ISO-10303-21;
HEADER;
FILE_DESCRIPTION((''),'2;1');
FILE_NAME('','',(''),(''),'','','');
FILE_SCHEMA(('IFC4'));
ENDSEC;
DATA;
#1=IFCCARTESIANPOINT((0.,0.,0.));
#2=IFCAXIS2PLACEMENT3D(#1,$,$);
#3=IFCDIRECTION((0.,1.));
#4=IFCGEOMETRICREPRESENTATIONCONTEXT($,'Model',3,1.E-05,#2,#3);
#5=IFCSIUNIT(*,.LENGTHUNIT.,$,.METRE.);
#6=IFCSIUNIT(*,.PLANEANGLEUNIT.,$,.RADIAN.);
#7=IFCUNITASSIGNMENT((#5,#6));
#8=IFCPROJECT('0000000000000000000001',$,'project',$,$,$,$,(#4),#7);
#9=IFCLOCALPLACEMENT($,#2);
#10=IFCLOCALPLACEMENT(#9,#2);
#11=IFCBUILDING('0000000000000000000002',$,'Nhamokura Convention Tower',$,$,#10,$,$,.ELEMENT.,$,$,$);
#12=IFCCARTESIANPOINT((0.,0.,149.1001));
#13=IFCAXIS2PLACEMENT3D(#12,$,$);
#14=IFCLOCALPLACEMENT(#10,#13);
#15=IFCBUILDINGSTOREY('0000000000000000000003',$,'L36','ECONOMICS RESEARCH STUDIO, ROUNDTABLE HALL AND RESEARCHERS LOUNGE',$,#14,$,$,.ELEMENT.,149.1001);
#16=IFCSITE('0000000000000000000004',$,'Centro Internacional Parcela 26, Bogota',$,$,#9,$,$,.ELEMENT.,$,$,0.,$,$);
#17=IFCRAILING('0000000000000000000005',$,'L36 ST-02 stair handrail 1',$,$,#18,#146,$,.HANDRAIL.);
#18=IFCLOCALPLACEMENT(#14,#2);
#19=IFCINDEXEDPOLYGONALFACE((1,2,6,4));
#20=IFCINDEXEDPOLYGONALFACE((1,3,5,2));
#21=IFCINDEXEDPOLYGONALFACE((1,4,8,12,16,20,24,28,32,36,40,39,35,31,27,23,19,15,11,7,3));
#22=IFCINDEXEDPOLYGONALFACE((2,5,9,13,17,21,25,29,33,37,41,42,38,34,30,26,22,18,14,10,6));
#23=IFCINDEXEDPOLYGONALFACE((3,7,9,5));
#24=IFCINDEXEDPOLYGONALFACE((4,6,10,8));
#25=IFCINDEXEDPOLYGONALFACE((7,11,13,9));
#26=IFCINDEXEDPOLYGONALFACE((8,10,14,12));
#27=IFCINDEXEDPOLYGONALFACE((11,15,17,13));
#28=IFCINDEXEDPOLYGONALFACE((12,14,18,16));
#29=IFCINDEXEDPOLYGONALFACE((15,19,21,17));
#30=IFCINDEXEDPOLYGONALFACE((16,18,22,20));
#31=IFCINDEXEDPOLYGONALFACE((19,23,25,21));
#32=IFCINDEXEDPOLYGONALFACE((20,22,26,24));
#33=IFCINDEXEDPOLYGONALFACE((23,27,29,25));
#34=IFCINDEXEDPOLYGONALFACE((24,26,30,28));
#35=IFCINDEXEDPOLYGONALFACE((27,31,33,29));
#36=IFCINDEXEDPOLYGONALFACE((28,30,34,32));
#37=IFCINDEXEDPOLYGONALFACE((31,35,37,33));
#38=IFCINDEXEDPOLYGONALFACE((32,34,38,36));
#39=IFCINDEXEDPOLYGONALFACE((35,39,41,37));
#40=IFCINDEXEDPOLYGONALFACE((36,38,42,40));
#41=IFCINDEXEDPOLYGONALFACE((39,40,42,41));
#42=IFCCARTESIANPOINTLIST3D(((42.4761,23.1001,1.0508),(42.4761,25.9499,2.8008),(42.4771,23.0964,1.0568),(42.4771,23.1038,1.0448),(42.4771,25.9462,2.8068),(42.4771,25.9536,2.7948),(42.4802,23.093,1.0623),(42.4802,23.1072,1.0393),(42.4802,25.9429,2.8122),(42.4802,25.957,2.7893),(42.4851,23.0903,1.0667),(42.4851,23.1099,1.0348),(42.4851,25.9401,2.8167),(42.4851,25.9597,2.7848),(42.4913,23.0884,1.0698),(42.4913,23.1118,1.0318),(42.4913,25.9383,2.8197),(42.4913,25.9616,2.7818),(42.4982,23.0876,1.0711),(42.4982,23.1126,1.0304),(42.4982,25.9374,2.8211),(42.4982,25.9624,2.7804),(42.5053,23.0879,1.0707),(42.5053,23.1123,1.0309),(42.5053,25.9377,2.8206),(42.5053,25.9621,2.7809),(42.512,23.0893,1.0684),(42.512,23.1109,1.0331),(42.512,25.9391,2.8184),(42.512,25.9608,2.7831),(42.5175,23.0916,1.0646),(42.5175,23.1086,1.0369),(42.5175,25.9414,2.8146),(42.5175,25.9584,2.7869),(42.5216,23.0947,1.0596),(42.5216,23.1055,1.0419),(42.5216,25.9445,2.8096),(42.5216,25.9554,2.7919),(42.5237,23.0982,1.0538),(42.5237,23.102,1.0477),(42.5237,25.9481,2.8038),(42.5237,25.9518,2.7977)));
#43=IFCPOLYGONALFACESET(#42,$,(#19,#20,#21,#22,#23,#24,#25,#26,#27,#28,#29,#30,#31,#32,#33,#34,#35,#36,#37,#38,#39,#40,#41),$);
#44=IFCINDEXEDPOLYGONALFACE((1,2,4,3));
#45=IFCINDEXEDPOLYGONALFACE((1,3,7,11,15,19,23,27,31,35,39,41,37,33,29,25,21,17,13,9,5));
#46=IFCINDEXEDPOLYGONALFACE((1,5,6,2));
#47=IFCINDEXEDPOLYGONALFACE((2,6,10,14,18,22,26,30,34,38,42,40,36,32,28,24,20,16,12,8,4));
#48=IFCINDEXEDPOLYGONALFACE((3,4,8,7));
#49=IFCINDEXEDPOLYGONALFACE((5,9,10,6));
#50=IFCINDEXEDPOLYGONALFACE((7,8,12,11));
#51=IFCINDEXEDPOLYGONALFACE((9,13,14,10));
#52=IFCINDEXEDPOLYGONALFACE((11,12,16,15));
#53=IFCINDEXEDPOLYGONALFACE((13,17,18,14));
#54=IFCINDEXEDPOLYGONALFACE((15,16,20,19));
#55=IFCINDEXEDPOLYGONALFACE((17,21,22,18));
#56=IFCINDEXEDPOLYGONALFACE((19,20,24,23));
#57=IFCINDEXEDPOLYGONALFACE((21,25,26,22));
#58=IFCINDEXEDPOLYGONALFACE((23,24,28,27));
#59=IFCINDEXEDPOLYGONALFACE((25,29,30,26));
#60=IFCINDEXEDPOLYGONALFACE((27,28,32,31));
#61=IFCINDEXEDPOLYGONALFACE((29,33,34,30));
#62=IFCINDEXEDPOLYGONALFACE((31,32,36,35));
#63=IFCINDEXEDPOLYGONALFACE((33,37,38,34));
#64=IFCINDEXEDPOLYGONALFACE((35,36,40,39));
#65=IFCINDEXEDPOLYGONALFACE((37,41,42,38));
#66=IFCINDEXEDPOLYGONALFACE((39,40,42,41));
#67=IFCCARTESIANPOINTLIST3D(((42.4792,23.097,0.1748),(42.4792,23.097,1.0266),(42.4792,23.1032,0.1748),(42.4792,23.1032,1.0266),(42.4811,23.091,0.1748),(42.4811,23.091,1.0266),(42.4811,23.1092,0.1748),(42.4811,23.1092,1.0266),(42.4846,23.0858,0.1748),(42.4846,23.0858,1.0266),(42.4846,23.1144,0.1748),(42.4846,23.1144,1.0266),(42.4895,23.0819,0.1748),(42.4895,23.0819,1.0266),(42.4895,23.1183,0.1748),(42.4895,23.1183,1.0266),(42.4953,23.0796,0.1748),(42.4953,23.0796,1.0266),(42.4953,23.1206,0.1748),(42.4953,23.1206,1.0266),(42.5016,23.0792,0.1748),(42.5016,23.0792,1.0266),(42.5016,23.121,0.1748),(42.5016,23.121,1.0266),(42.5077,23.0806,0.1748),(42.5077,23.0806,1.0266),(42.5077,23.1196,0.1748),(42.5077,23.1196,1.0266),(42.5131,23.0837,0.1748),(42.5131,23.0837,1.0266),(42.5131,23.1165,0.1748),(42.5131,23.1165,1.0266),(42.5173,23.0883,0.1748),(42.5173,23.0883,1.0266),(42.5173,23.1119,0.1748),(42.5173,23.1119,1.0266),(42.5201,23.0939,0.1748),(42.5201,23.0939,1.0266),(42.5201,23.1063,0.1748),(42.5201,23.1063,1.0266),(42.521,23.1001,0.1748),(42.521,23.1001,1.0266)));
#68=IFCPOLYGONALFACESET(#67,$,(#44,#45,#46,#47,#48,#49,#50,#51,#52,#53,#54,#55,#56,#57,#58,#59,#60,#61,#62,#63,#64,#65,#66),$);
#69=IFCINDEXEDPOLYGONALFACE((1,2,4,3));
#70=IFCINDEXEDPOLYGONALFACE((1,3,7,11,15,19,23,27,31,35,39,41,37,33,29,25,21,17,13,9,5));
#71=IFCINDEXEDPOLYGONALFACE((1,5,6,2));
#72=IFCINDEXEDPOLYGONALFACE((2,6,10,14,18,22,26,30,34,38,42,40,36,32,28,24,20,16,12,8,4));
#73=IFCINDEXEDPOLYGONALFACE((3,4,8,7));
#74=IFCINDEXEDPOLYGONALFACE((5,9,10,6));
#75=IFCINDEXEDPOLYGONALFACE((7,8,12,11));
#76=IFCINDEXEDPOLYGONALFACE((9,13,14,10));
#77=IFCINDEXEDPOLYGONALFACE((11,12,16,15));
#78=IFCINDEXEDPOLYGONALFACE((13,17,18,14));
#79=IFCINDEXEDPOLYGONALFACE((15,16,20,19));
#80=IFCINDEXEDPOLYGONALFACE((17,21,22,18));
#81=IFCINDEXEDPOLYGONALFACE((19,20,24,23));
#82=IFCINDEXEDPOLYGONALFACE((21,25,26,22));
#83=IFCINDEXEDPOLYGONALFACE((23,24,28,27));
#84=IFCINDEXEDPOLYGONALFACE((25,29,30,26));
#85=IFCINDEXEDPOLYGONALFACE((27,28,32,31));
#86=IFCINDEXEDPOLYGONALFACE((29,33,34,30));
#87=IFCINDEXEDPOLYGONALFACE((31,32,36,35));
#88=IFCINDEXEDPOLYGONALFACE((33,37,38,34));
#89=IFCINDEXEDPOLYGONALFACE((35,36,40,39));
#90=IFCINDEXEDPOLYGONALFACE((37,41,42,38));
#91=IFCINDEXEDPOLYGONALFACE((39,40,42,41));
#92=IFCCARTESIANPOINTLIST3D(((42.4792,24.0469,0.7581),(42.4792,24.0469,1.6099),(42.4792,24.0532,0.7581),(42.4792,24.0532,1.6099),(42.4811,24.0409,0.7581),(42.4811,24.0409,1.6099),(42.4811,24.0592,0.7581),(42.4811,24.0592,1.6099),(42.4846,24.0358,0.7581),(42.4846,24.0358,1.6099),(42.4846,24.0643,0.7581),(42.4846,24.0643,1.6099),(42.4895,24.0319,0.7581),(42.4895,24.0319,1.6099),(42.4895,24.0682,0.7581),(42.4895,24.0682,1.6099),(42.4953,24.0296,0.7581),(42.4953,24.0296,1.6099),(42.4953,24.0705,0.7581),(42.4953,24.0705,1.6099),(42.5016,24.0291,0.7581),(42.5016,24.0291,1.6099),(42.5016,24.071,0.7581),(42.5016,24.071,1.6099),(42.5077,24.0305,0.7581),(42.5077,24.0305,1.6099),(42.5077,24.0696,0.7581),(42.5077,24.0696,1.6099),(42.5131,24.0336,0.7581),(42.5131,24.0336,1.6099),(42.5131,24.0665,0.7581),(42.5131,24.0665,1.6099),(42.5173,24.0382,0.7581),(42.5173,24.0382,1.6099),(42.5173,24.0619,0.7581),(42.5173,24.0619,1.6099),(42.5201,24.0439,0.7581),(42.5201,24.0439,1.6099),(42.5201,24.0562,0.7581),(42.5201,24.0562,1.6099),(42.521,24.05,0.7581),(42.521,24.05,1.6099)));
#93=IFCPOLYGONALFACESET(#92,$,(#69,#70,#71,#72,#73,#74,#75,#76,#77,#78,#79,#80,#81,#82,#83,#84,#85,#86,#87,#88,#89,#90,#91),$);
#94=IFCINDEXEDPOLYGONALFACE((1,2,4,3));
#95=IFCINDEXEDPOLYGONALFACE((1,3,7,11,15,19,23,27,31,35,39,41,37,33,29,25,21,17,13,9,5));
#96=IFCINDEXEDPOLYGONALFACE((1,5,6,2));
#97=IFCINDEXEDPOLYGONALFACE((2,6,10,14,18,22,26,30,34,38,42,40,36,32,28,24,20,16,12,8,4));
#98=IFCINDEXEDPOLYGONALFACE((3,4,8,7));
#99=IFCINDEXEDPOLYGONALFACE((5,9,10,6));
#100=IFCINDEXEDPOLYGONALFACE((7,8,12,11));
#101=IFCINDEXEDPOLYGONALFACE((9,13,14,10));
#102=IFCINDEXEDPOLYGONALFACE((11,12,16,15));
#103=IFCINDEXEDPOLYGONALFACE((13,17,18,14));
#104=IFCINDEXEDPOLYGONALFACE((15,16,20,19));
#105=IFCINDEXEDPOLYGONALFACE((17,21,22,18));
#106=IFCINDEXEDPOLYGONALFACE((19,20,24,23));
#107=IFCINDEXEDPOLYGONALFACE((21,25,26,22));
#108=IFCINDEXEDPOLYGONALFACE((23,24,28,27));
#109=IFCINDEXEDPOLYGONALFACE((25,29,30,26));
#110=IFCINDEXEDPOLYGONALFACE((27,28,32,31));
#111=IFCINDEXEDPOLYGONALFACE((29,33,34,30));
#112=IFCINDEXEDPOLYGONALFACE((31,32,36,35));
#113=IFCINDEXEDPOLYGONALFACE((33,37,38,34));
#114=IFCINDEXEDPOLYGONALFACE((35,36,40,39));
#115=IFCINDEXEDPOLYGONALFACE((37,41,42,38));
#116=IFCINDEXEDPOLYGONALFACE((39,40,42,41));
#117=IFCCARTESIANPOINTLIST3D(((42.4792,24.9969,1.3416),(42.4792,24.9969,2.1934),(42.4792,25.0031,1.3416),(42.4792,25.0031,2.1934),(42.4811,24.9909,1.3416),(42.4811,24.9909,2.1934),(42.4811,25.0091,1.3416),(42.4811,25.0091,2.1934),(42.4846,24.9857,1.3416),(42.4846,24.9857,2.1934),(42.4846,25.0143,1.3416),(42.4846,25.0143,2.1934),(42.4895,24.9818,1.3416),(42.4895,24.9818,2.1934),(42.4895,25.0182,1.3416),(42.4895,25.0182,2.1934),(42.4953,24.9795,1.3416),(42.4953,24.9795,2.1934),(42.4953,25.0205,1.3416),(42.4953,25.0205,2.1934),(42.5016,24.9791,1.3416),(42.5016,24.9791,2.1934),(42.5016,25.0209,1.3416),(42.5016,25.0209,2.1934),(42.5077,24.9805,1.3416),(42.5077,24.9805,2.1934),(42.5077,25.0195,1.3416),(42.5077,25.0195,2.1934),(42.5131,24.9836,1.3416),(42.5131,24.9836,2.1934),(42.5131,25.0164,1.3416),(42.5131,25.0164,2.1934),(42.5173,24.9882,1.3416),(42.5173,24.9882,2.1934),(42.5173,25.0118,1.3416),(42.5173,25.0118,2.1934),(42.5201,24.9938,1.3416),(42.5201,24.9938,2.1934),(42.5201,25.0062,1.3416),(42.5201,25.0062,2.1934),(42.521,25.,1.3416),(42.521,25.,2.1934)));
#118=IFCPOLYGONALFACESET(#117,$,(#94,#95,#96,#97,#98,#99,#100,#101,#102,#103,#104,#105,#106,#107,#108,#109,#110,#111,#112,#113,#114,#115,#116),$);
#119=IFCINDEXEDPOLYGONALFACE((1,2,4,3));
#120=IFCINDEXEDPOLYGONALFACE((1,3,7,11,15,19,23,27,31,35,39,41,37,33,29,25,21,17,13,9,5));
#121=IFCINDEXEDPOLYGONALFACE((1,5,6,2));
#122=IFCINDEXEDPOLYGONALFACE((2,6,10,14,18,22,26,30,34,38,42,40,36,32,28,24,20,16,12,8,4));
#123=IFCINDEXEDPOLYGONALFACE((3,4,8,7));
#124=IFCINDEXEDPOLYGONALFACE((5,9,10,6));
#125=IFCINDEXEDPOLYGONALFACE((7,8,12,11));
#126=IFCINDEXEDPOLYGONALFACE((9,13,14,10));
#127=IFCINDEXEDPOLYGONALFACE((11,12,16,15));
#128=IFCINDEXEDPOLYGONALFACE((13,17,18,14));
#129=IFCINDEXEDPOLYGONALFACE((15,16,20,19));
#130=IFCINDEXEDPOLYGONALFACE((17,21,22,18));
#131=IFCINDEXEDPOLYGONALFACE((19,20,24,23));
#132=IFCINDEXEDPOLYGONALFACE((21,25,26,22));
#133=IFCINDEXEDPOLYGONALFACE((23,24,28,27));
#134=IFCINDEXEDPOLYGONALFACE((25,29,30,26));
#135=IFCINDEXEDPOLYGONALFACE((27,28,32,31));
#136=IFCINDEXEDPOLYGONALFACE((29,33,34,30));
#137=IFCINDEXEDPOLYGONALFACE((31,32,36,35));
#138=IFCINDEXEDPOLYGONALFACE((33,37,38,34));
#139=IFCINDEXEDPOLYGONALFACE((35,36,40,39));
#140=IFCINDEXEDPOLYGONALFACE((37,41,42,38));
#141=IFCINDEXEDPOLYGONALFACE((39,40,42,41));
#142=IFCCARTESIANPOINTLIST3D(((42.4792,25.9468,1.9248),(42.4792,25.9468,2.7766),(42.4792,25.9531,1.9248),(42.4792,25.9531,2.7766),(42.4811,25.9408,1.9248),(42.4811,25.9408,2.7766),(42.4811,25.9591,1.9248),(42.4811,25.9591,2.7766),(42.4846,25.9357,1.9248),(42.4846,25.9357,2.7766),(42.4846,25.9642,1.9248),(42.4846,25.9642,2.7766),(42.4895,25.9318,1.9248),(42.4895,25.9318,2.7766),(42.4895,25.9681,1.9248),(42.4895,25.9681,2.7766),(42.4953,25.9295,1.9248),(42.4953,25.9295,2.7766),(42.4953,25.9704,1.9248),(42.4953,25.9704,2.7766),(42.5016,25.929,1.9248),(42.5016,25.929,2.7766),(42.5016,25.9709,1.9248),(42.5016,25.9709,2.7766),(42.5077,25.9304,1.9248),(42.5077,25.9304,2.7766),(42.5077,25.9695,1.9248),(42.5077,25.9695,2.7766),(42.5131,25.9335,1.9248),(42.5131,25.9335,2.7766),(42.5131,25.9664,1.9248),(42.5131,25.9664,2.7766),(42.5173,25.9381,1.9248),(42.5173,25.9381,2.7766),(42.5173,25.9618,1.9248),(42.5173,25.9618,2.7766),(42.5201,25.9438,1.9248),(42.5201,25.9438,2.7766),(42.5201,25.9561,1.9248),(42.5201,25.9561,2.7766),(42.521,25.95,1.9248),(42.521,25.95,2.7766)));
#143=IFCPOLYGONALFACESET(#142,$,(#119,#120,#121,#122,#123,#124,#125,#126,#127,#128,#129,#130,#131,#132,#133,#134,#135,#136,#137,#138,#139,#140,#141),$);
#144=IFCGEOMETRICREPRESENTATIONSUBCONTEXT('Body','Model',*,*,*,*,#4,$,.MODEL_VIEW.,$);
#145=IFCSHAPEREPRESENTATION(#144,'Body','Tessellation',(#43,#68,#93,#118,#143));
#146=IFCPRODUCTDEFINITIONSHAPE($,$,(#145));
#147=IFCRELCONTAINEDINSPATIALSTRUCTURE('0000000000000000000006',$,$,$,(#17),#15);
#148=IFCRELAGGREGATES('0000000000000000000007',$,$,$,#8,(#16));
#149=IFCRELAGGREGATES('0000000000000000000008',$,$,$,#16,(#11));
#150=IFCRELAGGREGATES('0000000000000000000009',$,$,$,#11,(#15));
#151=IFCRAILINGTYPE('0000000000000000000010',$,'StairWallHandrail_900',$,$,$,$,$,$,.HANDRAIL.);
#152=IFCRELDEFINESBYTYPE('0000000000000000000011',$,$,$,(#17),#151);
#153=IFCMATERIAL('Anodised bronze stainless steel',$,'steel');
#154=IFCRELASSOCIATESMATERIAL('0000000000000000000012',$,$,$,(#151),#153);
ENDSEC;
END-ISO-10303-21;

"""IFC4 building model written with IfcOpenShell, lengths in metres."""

from ifc_helpers import new_model, si_unit, direction, frame, origin, origin_2d, place, context, subcontext, project, spatial, circle, extrude, material, type_object, element, save


model = new_model("IFC4")

# Units and contexts
model_context = context("Model", 3, precision=1e-05, world=origin(), true_north=direction((0.0, 1.0)))
body_context = subcontext(model_context, "Body", "Model", "MODEL_VIEW")
ifc_project = project(units=[si_unit("LENGTHUNIT", "METRE"), si_unit("PLANEANGLEUNIT", "RADIAN")], contexts=[model_context])

# Site, building, storey
site_placement = place(None, origin())
site = spatial("IfcSite", under=ifc_project, at=site_placement, Name="Centro Internacional Parcela 26, Bogota", CompositionType="ELEMENT", RefElevation=0.0)
building_placement = place(site_placement, origin())
building = spatial("IfcBuilding", under=site, at=building_placement, Name="Nhamokura Convention Tower", CompositionType="ELEMENT")
storey_placement = place(building_placement, frame((0.0, 0.0, 149.1001)))
storey = spatial("IfcBuildingStorey", under=building, at=storey_placement, Name="L36", Description="ECONOMICS RESEARCH STUDIO, ROUNDTABLE HALL AND RESEARCHERS LOUNGE", CompositionType="ELEMENT", Elevation=149.1001)

# Railing
ifc_material_1 = material(Name="Anodised bronze stainless steel", Category="steel")
railing_type_1 = type_object("IfcRailingType", Name="StairWallHandrail_900", PredefinedType="HANDRAIL", material=ifc_material_1)
railing_1_placement = place(storey_placement, frame((42.5, 23.1001, 0.1748)))
element("IfcRailing", 1, at=railing_1_placement, inside=storey, type_object=railing_type_1, Name="L36 ST-02 stair handrail 1", PredefinedType="HANDRAIL", context=body_context, shape_type="SweptSolid", body=[
    extrude(circle(Radius=0.0239, at=origin_2d()), frame((0.0, 0.0, 0.876), z_axis=(0.0, 0.852159, 0.523283), x_axis=(-1.0, 0.0, 0.0)), (0.0, 0.0, 1.0), 3.3442),
    extrude(circle(Radius=0.021, at=origin_2d()), origin(), (0.0, 0.0, 1.0), 0.8518),
    extrude(circle(Radius=0.021, at=origin_2d()), frame((0.0, 0.95, 0.5833)), (0.0, 0.0, 1.0), 0.8518),
    extrude(circle(Radius=0.021, at=origin_2d()), frame((0.0, 1.8999, 1.1667)), (0.0, 0.0, 1.0), 0.8518),
    extrude(circle(Radius=0.021, at=origin_2d()), frame((0.0, 2.8499, 1.75)), (0.0, 0.0, 1.0), 0.8518),
])

save(model, "model.ifc")
